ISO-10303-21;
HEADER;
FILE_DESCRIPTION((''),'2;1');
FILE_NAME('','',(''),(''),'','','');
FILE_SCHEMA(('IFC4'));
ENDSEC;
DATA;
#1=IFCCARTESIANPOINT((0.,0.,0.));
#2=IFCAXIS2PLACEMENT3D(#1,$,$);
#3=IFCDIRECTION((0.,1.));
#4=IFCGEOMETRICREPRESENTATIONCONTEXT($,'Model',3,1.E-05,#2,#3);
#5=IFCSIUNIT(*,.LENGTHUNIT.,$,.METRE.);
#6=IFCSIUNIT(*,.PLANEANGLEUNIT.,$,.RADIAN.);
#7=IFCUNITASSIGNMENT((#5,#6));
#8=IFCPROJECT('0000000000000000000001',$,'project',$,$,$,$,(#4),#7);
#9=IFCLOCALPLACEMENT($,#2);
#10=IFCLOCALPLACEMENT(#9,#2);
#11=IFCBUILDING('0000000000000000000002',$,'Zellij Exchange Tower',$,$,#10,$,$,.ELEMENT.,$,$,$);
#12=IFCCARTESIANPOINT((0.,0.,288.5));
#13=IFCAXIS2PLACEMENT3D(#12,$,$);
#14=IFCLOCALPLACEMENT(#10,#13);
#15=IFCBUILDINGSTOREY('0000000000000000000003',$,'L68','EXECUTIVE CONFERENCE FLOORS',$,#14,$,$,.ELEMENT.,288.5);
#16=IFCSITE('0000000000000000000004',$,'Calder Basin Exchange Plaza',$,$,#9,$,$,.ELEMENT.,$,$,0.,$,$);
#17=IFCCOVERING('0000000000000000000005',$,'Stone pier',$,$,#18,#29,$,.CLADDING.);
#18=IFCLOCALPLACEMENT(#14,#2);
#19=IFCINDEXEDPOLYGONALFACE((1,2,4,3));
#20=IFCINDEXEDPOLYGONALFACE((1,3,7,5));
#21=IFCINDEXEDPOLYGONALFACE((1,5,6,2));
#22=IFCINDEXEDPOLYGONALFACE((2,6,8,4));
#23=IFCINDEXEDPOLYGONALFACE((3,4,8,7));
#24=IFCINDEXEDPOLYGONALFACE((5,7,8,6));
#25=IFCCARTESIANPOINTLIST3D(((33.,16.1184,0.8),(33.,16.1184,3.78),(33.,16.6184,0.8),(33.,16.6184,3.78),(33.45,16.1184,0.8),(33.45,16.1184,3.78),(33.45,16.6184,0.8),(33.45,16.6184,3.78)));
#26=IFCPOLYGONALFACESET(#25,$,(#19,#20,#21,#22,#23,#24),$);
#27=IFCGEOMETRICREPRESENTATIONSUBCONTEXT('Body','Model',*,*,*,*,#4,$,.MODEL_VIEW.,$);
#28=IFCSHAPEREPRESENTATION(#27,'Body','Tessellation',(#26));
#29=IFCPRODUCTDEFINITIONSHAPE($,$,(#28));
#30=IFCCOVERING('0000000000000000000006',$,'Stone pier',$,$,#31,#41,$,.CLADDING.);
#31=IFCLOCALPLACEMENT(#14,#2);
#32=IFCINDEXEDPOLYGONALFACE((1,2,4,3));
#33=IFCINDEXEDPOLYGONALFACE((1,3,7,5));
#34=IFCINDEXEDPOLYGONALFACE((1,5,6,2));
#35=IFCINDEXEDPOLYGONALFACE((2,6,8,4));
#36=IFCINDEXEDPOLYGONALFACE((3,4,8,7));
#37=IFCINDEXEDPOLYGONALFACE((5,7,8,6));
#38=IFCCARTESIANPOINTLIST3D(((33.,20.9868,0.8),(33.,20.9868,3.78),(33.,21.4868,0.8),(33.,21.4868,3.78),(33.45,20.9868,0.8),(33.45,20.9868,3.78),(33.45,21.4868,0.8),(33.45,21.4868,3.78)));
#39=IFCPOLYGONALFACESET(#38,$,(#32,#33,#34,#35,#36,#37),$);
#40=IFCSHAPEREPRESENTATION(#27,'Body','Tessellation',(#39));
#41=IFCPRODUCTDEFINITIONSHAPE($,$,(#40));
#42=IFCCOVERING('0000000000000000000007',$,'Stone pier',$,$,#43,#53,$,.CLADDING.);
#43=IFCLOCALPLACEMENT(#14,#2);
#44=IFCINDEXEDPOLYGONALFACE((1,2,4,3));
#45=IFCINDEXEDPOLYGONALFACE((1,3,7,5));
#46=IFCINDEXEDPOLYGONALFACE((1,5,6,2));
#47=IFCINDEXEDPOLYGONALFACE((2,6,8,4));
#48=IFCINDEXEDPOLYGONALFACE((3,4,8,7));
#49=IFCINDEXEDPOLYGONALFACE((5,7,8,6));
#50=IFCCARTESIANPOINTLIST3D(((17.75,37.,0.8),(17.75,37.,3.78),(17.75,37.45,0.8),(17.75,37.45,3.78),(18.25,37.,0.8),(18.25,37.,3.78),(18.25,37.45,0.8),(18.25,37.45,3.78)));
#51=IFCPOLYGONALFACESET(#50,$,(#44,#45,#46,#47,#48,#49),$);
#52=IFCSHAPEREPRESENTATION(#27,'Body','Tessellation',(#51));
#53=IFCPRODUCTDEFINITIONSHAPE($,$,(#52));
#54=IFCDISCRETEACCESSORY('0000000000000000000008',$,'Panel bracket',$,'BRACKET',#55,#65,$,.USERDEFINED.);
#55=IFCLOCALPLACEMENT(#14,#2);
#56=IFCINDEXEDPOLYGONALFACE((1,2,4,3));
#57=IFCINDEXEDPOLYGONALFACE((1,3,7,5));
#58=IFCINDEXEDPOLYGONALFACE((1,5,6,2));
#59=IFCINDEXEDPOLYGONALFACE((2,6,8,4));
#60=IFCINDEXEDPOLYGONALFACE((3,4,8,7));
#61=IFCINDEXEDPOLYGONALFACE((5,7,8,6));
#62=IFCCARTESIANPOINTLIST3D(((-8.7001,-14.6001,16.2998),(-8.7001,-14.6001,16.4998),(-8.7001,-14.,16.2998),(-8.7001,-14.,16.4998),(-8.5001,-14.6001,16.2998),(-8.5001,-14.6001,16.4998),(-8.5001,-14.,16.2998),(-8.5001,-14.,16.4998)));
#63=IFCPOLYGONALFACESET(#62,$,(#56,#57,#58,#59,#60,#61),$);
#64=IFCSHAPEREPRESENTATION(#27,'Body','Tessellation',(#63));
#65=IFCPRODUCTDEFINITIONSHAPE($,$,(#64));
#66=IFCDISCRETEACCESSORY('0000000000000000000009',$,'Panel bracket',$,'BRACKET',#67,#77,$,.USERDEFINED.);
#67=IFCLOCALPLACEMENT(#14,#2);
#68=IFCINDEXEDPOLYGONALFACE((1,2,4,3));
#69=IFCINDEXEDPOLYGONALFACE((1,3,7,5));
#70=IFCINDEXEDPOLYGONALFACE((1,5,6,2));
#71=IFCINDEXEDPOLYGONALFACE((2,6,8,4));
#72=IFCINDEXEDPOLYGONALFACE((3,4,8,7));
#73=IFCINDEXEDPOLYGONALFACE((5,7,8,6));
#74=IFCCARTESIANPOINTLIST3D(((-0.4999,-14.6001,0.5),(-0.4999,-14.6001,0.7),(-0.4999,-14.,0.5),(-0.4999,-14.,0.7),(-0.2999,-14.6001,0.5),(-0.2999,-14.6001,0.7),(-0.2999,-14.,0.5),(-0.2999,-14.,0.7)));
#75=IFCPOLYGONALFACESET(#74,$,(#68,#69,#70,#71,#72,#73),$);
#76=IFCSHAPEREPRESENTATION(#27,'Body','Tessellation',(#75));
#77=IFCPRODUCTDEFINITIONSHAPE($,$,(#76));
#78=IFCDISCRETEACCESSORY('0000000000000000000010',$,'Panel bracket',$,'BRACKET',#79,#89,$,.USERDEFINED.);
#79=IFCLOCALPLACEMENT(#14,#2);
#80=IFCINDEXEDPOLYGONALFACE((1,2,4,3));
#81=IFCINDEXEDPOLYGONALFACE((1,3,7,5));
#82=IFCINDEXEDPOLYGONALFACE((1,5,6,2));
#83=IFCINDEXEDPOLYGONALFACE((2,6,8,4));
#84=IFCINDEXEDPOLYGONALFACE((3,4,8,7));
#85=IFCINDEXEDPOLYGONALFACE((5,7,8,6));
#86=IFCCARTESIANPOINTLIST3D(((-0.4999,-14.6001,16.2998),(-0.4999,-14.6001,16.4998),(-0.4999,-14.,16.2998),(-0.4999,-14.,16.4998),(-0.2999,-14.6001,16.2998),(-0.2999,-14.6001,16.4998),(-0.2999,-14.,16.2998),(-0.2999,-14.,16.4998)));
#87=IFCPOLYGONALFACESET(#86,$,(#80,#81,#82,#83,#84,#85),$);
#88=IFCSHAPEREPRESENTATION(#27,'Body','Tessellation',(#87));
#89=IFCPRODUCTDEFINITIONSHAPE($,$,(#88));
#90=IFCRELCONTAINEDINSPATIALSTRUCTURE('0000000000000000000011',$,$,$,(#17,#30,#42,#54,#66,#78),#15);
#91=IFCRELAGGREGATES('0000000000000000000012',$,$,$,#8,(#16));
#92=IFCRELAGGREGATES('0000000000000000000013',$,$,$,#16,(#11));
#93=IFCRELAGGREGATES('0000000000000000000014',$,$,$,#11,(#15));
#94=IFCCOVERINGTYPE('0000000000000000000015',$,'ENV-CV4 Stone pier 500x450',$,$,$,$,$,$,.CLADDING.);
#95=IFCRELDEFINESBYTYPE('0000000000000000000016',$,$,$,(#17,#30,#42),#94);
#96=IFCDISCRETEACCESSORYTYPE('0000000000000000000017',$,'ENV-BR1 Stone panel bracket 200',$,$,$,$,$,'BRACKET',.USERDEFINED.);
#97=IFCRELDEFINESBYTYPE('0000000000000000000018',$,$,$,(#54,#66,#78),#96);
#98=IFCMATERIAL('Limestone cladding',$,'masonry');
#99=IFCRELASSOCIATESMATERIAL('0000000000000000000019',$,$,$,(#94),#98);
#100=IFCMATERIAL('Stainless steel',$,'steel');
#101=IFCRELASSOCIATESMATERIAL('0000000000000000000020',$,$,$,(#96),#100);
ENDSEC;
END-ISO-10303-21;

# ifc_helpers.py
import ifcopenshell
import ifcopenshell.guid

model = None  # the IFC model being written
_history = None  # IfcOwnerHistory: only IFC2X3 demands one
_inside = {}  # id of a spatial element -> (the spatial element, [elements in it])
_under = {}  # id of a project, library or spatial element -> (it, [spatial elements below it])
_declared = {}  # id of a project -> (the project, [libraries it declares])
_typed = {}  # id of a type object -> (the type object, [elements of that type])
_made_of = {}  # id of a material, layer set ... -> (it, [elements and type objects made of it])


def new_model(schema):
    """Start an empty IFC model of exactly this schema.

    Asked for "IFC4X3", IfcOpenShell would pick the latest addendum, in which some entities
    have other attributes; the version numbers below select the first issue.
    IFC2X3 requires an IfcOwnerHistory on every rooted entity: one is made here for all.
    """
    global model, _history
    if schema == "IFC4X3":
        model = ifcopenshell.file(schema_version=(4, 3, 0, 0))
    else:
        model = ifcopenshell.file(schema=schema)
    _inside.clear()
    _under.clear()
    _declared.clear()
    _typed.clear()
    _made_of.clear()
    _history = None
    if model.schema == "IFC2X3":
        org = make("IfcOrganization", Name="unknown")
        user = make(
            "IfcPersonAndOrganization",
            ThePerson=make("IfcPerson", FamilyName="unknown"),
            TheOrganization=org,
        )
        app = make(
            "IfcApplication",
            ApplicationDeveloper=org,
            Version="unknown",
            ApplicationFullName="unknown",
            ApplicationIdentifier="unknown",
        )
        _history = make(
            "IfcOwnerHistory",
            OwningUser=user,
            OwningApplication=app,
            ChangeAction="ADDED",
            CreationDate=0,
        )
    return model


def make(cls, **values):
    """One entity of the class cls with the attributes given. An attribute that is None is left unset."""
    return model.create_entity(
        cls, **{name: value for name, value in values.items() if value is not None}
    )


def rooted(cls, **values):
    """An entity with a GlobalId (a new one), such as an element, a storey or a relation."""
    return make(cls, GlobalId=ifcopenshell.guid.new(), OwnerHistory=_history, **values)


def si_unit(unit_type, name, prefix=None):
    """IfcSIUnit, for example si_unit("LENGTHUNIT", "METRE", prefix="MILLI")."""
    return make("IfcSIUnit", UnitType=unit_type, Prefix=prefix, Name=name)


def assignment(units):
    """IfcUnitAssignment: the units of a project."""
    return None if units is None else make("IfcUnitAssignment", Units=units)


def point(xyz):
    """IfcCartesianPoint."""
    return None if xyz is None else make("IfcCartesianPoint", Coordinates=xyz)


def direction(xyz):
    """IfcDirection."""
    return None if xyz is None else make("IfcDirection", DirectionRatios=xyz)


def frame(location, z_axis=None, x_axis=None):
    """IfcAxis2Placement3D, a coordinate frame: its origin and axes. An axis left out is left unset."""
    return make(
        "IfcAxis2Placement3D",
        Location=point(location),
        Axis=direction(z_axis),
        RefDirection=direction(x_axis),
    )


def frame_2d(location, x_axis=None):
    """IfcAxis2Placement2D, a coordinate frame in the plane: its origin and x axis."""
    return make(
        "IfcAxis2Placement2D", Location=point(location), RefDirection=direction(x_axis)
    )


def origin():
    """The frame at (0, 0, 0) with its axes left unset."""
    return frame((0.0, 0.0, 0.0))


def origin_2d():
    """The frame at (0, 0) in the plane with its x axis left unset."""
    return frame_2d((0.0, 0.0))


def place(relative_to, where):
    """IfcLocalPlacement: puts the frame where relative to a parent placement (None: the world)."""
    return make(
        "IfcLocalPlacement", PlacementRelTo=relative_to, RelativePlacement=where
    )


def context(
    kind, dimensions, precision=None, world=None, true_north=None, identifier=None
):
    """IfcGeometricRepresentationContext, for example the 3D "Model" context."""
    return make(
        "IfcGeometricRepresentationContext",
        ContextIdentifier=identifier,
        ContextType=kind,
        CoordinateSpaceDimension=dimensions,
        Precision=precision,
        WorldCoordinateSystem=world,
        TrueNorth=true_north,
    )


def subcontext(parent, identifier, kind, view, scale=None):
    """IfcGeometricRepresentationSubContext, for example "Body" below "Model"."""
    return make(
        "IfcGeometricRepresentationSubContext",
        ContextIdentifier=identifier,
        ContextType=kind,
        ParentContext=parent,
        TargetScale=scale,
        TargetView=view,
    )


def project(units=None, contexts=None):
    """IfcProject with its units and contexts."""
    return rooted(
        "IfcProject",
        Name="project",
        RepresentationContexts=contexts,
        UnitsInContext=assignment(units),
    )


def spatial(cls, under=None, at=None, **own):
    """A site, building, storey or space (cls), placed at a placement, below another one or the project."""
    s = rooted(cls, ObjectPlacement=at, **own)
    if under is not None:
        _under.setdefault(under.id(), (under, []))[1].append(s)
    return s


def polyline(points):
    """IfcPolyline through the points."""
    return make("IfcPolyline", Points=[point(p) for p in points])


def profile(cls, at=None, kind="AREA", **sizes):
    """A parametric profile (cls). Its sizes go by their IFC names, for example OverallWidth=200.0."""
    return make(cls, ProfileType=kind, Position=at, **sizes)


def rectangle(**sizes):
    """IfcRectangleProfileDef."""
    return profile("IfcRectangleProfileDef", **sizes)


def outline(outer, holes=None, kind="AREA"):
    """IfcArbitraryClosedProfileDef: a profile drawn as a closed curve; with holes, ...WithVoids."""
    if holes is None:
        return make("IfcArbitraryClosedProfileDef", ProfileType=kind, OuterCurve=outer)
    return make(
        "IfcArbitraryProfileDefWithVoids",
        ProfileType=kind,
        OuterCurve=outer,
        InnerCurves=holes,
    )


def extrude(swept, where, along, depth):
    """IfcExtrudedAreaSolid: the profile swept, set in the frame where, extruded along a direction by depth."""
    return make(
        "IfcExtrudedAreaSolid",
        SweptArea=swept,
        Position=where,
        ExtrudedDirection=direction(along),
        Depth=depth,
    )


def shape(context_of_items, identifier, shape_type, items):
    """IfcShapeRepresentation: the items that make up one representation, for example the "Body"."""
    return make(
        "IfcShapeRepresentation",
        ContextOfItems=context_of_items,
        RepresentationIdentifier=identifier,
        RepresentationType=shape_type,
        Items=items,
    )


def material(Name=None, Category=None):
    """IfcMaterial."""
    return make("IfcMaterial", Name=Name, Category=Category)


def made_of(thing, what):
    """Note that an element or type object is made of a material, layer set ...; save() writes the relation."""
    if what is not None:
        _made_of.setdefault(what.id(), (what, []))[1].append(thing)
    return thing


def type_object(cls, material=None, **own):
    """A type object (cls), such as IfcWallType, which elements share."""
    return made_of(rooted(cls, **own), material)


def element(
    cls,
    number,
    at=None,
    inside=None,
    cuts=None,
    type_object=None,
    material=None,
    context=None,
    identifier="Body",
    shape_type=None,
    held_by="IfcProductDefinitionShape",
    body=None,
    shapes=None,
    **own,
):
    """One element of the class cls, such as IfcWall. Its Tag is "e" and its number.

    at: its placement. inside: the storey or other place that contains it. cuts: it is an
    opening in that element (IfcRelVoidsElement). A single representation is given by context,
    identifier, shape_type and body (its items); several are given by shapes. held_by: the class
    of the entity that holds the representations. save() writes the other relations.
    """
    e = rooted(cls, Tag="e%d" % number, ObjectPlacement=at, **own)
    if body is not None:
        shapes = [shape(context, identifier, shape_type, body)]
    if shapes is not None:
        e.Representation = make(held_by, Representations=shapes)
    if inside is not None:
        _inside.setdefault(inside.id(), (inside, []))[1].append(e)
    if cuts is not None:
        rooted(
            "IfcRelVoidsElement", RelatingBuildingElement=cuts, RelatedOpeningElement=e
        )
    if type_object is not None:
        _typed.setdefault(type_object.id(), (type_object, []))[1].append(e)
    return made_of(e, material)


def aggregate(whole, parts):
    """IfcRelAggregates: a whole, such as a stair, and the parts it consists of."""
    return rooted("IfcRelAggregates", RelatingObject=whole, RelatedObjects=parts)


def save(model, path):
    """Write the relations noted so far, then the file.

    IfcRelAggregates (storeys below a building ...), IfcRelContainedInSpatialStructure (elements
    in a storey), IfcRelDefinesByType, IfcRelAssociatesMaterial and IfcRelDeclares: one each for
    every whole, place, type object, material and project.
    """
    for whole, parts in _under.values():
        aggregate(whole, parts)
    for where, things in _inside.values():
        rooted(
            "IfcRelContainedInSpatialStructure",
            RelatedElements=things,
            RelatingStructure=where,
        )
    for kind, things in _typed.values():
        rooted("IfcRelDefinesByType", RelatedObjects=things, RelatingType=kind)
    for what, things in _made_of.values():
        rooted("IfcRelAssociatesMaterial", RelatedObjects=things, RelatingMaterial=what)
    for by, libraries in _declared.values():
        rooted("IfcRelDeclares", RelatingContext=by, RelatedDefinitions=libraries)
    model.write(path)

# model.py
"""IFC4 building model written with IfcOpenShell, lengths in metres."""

from ifc_helpers import new_model, si_unit, direction, frame, origin, origin_2d, place, context, subcontext, project, spatial, polyline, rectangle, outline, extrude, material, type_object, element, save


model = new_model("IFC4")

# Units and contexts
model_context = context("Model", 3, precision=1e-05, world=origin(), true_north=direction((0.0, 1.0)))
body_context = subcontext(model_context, "Body", "Model", "MODEL_VIEW")
ifc_project = project(units=[si_unit("LENGTHUNIT", "METRE"), si_unit("PLANEANGLEUNIT", "RADIAN")], contexts=[model_context])

# Site, building, storey
site_placement = place(None, origin())
site = spatial("IfcSite", under=ifc_project, at=site_placement, Name="Calder Basin Exchange Plaza", CompositionType="ELEMENT", RefElevation=0.0)
building_placement = place(site_placement, origin())
building = spatial("IfcBuilding", under=site, at=building_placement, Name="Zellij Exchange Tower", CompositionType="ELEMENT")
storey_placement = place(building_placement, frame((0.0, 0.0, 288.5)))
storey = spatial("IfcBuildingStorey", under=building, at=storey_placement, Name="L68", Description="EXECUTIVE CONFERENCE FLOORS", CompositionType="ELEMENT", Elevation=288.5)

# Shared definitions
ifc_material_1 = material(Name="Stainless steel", Category="steel")

# Coverings
ifc_material_2 = material(Name="Limestone cladding", Category="masonry")
covering_type = type_object("IfcCoveringType", Name="ENV-CV4 Stone pier 500x450", PredefinedType="CLADDING", material=ifc_material_2)
covering_1_placement = place(storey_placement, frame((0.0, 0.0, 0.8)))
element("IfcCovering", 1, at=covering_1_placement, inside=storey, type_object=covering_type, Name="Stone pier", PredefinedType="CLADDING", context=body_context, shape_type="SweptSolid", body=[
    extrude(outline(polyline([(33.0, 16.1184), (33.0, 16.6184), (33.45, 16.6184), (33.45, 16.1184), (33.0, 16.1184)])), origin(), (0.0, 0.0, 1.0), 2.98),
])
covering_2_placement = place(storey_placement, frame((0.0, 0.0, 0.8)))
element("IfcCovering", 2, at=covering_2_placement, inside=storey, type_object=covering_type, Name="Stone pier", PredefinedType="CLADDING", context=body_context, shape_type="SweptSolid", body=[
    extrude(outline(polyline([(33.0, 20.9868), (33.0, 21.4868), (33.45, 21.4868), (33.45, 20.9868), (33.0, 20.9868)])), origin(), (0.0, 0.0, 1.0), 2.98),
])
covering_3_placement = place(storey_placement, frame((0.0, 0.0, 0.8)))
element("IfcCovering", 3, at=covering_3_placement, inside=storey, type_object=covering_type, Name="Stone pier", PredefinedType="CLADDING", context=body_context, shape_type="SweptSolid", body=[
    extrude(outline(polyline([(18.25, 37.0), (17.75, 37.0), (17.75, 37.45), (18.25, 37.45), (18.25, 37.0)])), origin(), (0.0, 0.0, 1.0), 2.98),
])

# Discrete accessories
discrete_accessory_type = type_object("IfcDiscreteAccessoryType", Name="ENV-BR1 Stone panel bracket 200", ElementType="BRACKET", PredefinedType="USERDEFINED", material=ifc_material_1)
for number, where, z_axis, x_axis, name in (
    (4, (-8.6001, -14.3, 16.2998), (0.0, 0.0, 1.0), (1.0, 0.0, 0.0), "Panel bracket"),
    (5, (-0.3999, -14.3, 0.5), (0.0, 0.0, 1.0), (1.0, 0.0, 0.0), "Panel bracket"),
    (6, (-0.3999, -14.3, 16.2998), (0.0, 0.0, 1.0), (1.0, 0.0, 0.0), "Panel bracket"),
):
    element("IfcDiscreteAccessory", number, at=place(storey_placement, frame(where, z_axis=z_axis, x_axis=x_axis)), inside=storey, type_object=discrete_accessory_type, Name=name, ObjectType="BRACKET", PredefinedType="USERDEFINED", context=body_context, shape_type="SweptSolid", body=[
        extrude(rectangle(XDim=0.2, YDim=0.6001, at=origin_2d()), origin(), (0.0, 0.0, 1.0), 0.2),
    ])

save(model, "model.ifc")
